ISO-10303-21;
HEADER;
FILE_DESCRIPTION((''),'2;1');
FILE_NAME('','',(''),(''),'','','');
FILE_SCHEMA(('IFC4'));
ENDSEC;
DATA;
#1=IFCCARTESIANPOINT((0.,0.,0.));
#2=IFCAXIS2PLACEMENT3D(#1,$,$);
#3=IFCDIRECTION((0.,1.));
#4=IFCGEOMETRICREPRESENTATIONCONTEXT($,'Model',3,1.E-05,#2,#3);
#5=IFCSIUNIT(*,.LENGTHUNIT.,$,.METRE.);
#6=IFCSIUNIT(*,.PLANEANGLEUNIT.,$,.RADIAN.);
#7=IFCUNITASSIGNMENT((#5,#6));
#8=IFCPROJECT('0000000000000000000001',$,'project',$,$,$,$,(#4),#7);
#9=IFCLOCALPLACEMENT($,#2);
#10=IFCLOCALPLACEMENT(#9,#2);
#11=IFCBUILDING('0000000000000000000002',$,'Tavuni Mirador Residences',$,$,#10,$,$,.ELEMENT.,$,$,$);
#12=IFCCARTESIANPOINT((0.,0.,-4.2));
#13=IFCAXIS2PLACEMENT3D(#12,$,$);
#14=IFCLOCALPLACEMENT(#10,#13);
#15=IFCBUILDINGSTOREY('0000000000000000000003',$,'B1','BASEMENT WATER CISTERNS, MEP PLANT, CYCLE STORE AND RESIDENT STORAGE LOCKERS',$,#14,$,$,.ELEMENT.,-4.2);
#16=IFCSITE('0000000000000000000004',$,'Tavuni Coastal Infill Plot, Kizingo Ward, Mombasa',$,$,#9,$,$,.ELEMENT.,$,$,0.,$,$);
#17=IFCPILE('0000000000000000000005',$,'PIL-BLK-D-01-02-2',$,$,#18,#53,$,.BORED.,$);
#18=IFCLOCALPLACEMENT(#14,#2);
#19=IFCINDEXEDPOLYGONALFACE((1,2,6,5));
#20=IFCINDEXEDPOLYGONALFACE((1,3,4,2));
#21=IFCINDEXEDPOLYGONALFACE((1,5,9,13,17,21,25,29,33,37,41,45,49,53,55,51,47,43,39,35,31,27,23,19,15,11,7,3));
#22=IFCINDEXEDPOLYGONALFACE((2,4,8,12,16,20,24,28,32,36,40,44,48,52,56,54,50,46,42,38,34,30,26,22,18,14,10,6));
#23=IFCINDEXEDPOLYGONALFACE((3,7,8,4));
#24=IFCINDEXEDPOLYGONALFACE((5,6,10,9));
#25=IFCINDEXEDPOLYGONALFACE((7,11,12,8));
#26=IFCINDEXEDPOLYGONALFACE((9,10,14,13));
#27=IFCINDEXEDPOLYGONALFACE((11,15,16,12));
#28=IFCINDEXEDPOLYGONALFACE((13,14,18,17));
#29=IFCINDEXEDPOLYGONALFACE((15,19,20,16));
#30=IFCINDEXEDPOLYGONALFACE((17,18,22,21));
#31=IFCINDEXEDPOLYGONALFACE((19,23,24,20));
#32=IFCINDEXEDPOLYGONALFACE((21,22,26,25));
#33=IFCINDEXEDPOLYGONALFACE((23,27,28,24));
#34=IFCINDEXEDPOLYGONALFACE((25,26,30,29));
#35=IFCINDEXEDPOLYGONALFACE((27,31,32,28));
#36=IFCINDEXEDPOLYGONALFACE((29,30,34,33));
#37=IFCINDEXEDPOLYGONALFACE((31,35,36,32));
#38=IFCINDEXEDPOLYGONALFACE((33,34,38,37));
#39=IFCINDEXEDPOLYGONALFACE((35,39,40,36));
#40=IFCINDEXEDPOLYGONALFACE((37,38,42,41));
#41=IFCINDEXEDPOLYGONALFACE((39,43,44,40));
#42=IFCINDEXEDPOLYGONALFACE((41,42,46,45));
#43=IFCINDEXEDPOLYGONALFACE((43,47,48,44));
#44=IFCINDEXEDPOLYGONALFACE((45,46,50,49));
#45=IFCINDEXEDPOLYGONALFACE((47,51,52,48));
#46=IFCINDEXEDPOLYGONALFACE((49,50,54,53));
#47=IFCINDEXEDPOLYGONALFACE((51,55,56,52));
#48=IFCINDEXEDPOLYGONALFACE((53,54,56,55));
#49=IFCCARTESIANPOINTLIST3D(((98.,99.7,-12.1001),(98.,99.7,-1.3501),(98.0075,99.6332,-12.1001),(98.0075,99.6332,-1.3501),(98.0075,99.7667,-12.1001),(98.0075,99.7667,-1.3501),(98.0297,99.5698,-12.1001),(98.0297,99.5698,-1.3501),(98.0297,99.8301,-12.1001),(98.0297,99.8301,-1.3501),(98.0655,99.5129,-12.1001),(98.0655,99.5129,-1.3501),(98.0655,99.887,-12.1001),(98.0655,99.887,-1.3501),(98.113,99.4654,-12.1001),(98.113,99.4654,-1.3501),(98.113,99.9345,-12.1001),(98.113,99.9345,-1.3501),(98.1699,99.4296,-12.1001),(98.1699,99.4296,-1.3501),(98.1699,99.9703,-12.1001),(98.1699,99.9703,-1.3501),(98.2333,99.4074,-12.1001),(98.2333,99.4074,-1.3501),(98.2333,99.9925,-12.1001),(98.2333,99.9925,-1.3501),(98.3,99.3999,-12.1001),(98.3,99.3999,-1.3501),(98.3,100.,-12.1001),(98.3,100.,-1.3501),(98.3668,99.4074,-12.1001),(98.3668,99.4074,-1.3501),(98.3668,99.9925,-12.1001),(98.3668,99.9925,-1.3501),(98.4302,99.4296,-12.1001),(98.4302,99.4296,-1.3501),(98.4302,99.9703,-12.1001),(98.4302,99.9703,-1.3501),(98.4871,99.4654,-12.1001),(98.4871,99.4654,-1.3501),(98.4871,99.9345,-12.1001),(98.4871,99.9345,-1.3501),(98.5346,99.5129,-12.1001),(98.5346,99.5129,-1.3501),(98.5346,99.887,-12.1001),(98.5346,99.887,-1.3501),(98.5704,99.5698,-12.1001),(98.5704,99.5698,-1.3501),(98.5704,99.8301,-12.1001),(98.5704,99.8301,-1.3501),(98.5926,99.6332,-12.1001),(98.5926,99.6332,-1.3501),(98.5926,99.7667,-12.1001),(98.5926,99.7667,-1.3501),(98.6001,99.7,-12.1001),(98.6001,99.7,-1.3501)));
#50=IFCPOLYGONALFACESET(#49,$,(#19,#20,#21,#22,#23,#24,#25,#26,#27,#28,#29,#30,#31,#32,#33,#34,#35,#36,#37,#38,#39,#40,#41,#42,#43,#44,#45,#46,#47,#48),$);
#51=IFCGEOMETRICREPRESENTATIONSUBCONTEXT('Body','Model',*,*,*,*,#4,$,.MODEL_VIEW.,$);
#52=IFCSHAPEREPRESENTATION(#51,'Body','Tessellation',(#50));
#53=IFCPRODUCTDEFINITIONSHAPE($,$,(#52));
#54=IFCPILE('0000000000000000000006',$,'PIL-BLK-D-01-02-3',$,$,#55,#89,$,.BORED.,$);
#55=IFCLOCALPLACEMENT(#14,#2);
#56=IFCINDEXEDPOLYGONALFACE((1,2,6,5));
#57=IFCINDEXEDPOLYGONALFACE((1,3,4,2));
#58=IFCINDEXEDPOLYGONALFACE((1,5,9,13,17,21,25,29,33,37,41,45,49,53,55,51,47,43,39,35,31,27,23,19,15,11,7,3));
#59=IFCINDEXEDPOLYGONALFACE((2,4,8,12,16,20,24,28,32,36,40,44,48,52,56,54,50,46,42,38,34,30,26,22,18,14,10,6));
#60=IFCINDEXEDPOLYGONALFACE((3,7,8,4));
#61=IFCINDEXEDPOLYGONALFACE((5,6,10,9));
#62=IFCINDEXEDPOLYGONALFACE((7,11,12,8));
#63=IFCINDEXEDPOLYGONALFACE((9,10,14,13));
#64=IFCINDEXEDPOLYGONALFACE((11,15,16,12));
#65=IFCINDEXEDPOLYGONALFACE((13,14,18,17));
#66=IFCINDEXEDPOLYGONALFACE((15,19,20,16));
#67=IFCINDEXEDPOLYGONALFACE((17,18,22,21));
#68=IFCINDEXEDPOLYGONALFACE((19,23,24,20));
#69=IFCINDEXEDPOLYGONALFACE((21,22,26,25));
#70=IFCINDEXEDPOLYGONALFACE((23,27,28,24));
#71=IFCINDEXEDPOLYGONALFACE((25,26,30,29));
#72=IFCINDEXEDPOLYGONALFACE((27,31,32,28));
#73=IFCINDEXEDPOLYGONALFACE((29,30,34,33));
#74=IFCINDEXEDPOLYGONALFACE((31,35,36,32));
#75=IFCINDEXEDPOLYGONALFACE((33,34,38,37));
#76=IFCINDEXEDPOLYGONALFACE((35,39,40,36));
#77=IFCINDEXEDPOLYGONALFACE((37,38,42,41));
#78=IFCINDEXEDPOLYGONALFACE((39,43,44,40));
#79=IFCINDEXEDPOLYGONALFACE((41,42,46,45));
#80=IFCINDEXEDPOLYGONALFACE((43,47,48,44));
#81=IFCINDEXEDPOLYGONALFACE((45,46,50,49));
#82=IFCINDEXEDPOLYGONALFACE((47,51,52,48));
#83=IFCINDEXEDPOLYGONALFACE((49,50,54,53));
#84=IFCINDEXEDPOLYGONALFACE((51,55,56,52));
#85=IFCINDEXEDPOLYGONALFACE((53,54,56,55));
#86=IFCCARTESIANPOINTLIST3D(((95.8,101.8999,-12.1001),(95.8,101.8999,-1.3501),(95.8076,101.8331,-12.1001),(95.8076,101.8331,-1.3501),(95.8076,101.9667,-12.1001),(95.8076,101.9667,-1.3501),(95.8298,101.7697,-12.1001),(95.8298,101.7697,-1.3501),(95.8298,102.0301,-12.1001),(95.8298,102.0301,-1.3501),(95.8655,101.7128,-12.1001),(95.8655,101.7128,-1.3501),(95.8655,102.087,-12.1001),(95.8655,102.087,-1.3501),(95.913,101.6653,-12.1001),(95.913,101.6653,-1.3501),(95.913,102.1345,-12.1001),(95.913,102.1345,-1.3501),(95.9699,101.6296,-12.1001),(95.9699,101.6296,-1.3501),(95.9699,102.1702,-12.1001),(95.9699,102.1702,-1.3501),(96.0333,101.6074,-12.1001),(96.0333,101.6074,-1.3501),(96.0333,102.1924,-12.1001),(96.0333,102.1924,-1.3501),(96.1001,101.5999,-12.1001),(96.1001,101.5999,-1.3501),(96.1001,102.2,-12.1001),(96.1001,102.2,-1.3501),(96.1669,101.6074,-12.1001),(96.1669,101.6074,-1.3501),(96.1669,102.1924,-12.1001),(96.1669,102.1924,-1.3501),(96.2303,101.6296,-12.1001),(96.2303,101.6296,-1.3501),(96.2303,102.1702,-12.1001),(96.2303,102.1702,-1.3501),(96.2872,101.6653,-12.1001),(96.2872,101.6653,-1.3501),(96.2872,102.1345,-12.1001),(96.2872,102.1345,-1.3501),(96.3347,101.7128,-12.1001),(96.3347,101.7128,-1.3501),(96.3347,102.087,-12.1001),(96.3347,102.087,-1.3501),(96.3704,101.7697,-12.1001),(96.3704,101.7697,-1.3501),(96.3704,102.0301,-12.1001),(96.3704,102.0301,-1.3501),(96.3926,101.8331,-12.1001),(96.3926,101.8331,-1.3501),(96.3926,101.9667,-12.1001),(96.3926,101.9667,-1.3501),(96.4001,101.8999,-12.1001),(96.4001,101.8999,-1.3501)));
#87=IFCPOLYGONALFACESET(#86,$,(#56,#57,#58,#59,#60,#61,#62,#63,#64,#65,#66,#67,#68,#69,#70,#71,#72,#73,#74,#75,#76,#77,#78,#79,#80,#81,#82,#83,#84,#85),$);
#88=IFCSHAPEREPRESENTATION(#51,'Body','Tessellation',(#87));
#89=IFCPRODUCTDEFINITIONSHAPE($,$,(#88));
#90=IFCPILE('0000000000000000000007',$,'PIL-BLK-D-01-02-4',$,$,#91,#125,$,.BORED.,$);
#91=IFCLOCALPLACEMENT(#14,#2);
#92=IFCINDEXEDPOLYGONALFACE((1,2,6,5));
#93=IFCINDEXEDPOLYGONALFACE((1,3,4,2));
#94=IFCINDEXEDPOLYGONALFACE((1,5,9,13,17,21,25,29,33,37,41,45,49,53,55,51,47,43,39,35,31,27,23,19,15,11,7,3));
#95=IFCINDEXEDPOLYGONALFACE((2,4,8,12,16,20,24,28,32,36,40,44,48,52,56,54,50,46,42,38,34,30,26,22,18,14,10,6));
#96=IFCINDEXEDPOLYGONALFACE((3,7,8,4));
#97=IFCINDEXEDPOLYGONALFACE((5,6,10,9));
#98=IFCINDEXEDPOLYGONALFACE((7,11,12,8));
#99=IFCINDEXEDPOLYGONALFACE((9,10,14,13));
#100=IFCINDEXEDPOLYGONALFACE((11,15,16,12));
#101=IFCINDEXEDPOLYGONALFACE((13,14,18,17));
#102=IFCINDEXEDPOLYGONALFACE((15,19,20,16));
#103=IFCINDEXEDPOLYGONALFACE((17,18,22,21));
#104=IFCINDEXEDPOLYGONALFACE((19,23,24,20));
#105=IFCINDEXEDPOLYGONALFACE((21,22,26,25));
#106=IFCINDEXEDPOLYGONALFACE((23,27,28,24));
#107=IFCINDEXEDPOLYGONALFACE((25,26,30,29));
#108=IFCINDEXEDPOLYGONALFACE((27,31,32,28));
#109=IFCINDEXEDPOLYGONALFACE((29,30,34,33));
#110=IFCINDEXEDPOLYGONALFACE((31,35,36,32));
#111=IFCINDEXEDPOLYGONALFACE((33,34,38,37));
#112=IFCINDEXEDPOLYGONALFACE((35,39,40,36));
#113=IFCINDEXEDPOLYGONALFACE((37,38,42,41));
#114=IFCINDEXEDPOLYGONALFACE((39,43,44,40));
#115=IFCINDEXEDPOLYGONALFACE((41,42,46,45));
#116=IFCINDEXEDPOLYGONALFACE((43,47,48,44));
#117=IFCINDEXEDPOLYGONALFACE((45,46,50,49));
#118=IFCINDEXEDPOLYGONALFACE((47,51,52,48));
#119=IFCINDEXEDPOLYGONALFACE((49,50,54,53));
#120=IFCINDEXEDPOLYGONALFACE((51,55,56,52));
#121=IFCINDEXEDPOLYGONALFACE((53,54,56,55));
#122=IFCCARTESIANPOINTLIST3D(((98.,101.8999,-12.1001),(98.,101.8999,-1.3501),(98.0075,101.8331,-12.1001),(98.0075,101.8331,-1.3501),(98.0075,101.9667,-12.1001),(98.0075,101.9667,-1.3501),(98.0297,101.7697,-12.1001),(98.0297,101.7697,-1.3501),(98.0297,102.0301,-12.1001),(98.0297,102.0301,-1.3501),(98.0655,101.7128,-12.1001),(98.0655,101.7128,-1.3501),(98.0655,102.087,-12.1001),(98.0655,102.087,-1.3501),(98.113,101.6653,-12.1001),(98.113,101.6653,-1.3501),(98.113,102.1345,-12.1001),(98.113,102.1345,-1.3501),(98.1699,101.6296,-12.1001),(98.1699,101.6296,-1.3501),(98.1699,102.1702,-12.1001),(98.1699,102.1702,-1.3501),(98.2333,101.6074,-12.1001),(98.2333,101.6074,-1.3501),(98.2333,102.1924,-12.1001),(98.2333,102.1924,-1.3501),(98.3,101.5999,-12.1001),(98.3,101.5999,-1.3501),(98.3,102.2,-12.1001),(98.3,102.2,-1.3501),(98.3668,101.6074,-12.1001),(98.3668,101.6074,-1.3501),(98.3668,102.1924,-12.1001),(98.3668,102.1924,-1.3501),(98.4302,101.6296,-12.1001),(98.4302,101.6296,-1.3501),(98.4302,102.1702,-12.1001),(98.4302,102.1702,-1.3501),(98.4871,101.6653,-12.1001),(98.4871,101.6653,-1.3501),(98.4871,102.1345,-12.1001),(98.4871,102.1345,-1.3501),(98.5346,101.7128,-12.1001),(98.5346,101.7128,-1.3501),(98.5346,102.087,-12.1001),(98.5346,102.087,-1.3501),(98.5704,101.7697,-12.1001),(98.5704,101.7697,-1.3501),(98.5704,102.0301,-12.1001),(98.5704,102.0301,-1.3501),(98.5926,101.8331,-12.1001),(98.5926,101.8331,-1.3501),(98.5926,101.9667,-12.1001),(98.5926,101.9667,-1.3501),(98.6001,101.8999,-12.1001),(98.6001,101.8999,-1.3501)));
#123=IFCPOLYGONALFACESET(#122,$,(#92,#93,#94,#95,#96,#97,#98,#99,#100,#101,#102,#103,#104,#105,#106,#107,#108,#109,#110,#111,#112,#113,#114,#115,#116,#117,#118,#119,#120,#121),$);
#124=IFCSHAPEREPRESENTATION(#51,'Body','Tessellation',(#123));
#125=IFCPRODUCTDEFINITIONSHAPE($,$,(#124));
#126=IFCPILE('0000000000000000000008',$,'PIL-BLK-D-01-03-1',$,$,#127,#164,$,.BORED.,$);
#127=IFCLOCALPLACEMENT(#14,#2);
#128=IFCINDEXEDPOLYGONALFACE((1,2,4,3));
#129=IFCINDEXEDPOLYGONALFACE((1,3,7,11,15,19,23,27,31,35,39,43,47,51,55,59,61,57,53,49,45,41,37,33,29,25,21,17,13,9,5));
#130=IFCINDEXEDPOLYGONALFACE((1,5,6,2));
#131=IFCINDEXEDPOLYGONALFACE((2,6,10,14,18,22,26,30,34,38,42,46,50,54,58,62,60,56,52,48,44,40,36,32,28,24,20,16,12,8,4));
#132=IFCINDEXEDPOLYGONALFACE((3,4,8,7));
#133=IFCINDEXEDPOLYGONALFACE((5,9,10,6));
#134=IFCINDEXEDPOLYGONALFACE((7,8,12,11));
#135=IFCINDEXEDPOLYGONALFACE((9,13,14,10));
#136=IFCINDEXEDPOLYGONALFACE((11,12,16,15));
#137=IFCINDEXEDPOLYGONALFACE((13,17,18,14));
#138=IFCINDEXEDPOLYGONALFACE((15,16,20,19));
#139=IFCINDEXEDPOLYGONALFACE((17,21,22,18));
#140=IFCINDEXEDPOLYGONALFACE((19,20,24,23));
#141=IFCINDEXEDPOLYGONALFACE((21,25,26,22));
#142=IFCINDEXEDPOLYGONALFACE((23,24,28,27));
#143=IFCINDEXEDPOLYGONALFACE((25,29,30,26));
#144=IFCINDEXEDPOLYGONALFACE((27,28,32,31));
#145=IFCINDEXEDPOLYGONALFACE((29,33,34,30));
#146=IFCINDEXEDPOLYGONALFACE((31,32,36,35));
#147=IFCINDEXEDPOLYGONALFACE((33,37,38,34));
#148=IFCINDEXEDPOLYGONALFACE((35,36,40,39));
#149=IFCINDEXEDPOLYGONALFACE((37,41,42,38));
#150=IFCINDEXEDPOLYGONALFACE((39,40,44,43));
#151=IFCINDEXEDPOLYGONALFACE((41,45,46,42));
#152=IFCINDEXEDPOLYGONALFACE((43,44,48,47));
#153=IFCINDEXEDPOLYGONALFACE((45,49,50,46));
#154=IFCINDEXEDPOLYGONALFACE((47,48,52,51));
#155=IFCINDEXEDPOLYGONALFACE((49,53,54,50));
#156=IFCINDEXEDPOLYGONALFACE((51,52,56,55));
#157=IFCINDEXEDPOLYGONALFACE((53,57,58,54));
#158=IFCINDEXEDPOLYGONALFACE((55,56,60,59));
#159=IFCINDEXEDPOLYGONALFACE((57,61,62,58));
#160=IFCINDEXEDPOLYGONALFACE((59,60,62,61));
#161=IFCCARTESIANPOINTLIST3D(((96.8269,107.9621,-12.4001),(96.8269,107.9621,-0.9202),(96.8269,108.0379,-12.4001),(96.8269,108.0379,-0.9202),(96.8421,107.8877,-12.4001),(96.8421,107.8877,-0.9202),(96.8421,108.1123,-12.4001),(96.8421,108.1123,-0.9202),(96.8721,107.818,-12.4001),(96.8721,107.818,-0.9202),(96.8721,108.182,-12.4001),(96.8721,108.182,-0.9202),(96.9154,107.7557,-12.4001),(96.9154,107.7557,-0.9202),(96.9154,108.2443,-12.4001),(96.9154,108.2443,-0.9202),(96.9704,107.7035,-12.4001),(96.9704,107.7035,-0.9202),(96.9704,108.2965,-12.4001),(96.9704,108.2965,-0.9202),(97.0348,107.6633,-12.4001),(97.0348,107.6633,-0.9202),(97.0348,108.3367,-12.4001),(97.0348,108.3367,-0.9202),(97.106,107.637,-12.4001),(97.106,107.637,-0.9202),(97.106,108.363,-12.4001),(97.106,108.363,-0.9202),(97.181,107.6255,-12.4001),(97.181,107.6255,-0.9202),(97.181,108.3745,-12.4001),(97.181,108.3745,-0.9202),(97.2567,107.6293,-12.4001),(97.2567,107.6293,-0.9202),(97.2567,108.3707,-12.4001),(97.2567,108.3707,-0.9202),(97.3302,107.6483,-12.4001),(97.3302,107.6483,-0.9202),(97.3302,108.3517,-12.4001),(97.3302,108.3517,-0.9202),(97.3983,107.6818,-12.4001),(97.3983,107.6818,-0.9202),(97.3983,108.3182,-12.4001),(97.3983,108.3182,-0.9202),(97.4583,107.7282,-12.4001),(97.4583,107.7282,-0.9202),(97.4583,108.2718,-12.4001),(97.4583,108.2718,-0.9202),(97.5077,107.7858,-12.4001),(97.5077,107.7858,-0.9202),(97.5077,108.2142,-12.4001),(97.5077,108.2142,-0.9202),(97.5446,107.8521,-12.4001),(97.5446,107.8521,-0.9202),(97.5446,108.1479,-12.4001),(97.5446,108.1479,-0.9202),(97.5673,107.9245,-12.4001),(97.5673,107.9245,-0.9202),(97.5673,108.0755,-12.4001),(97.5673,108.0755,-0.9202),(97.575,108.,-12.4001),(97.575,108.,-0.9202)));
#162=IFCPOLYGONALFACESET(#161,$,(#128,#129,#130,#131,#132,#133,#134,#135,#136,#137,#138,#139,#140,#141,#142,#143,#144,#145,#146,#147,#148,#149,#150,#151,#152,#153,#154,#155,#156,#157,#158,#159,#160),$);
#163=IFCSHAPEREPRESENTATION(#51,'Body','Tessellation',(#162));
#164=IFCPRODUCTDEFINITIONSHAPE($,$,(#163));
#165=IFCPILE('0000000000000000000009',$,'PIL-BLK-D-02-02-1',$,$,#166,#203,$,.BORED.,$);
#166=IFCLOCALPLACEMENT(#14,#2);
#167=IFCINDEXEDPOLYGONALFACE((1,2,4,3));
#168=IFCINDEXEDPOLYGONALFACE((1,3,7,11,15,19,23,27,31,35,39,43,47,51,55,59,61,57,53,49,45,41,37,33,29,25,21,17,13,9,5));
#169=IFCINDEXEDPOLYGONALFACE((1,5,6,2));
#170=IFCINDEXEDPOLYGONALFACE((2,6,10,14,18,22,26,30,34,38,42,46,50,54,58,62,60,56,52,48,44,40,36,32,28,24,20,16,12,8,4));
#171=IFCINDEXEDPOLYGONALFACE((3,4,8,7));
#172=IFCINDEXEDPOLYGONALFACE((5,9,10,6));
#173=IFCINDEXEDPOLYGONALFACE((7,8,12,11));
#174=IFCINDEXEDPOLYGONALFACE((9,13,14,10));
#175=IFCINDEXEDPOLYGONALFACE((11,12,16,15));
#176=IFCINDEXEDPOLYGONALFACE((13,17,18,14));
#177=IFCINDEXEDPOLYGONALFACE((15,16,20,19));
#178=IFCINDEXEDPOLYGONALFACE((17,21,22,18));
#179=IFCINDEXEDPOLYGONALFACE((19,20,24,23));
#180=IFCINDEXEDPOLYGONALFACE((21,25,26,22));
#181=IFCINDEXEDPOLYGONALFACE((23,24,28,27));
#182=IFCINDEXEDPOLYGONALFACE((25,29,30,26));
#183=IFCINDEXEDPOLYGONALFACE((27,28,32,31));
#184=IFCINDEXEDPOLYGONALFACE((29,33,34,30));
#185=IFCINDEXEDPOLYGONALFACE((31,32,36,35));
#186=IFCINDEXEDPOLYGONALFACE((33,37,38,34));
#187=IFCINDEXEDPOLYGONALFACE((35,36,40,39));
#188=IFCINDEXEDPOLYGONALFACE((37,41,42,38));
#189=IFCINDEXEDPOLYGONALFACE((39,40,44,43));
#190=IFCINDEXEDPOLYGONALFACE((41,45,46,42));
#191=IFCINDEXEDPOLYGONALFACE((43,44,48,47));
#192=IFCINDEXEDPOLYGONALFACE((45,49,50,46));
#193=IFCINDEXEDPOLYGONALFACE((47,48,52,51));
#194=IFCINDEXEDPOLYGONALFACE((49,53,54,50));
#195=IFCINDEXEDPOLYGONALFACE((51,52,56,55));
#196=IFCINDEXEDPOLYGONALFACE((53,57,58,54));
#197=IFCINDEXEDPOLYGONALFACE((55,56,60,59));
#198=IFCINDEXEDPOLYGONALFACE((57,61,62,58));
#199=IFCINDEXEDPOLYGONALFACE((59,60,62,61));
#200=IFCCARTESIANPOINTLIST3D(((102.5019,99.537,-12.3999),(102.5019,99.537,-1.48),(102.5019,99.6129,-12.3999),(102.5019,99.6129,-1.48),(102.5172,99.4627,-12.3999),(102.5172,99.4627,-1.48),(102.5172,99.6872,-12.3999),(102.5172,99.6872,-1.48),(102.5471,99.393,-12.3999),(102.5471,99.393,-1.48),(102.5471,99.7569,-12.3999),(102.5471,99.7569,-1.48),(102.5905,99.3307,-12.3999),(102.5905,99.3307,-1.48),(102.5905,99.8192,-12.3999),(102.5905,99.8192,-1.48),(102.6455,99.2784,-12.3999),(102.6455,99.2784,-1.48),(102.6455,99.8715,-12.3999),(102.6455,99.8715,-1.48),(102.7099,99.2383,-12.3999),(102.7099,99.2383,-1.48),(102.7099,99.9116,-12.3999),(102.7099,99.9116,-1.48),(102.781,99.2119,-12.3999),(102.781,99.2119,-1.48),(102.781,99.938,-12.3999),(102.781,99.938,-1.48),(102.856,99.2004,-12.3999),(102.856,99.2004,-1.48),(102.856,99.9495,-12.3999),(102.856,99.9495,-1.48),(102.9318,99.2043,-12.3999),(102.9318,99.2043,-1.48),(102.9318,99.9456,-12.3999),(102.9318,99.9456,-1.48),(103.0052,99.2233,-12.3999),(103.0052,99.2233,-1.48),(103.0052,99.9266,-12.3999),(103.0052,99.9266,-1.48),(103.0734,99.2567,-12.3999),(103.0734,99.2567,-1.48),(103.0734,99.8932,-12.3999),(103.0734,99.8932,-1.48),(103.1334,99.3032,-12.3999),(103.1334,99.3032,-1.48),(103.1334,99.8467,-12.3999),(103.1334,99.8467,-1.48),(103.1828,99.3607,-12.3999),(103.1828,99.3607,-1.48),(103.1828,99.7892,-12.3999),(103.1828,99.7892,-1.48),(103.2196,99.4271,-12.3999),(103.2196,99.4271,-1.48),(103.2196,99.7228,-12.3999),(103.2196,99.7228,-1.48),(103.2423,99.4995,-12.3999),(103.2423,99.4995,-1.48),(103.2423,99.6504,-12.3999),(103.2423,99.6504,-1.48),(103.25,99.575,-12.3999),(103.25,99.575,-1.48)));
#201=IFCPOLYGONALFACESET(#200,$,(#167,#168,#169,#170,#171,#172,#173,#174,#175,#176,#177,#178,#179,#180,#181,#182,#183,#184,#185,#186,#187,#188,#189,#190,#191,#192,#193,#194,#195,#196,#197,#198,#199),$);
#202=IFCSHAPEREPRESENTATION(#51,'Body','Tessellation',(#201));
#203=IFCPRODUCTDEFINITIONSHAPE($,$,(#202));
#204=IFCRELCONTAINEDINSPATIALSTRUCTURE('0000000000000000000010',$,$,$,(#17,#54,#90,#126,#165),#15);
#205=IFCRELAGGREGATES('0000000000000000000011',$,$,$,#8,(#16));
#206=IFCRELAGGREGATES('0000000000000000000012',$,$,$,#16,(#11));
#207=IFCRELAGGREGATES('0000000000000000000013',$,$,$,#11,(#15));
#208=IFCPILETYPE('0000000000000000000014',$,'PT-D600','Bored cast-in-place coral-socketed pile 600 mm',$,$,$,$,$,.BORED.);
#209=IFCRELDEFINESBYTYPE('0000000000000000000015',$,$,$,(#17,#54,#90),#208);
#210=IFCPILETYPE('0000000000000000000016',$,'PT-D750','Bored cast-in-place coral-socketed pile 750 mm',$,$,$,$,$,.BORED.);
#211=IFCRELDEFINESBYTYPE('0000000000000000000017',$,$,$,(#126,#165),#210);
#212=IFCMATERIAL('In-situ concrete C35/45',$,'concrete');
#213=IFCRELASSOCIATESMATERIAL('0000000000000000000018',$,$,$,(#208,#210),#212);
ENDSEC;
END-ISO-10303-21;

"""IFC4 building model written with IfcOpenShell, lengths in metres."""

from ifc_helpers import new_model, si_unit, direction, frame, origin, origin_2d, place, context, subcontext, project, spatial, circle, extrude, material, material_profile, profile_set, type_object, element, save


model = new_model("IFC4")

# Units and contexts
model_context = context("Model", 3, precision=1e-05, world=origin(), true_north=direction((0.0, 1.0)))
body_context = subcontext(model_context, "Body", "Model", "MODEL_VIEW")
ifc_project = project(units=[si_unit("LENGTHUNIT", "METRE"), si_unit("PLANEANGLEUNIT", "RADIAN")], contexts=[model_context])

# Site, building, storey
site_placement = place(None, origin())
site = spatial("IfcSite", under=ifc_project, at=site_placement, Name="Tavuni Coastal Infill Plot, Kizingo Ward, Mombasa", CompositionType="ELEMENT", RefElevation=0.0)
building_placement = place(site_placement, origin())
building = spatial("IfcBuilding", under=site, at=building_placement, Name="Tavuni Mirador Residences", CompositionType="ELEMENT")
storey_placement = place(building_placement, frame((0.0, 0.0, -4.2)))
storey = spatial("IfcBuildingStorey", under=building, at=storey_placement, Name="B1", Description="BASEMENT WATER CISTERNS, MEP PLANT, CYCLE STORE AND RESIDENT STORAGE LOCKERS", CompositionType="ELEMENT", Elevation=-4.2)

# Shared definitions
ifc_material_1 = material(Name="In-situ concrete C35/45", Category="concrete")

# Piles
ifc_material_profile_1 = material_profile(ifc_material_1, circle(Radius=0.3, at=origin_2d()), Name="PILE D600", Category="concrete")
ifc_profile_set_1 = profile_set([ifc_material_profile_1], Name="In-situ concrete C35/45")
pile_type_1 = type_object("IfcPileType", Name="PT-D600", Description="Bored cast-in-place coral-socketed pile 600 mm", PredefinedType="BORED", material=ifc_profile_set_1)
for number, where, z_axis, x_axis, name in (
    (1, (98.3, 99.7, -1.3501), (0.0, 0.0, -1.0), (1.0, 0.0, 0.0), "PIL-BLK-D-01-02-2"),
    (2, (96.1001, 101.8999, -1.3501), (0.0, 0.0, -1.0), (1.0, 0.0, 0.0), "PIL-BLK-D-01-02-3"),
    (3, (98.3, 101.8999, -1.3501), (0.0, 0.0, -1.0), (1.0, 0.0, 0.0), "PIL-BLK-D-01-02-4"),
):
    element("IfcPile", number, at=place(storey_placement, frame(where, z_axis=z_axis, x_axis=x_axis)), inside=storey, type_object=pile_type_1, Name=name, PredefinedType="BORED", context=body_context, shape_type="SweptSolid", body=[
        extrude(circle(Radius=0.3, at=origin_2d()), origin(), (0.0, 0.0, 1.0), 10.75),
    ])
ifc_material_profile_2 = material_profile(ifc_material_1, circle(Radius=0.375, at=origin_2d()), Name="PILE D750", Category="concrete")
ifc_profile_set_2 = profile_set([ifc_material_profile_2], Name="In-situ concrete C35/45")
pile_type_2 = type_object("IfcPileType", Name="PT-D750", Description="Bored cast-in-place coral-socketed pile 750 mm", PredefinedType="BORED", material=ifc_profile_set_2)
pile_1_placement = place(storey_placement, frame((97.2, 108.0, -0.9202), z_axis=(0.0, 0.0, -1.0), x_axis=(1.0, 0.0, 0.0)))
element("IfcPile", 4, at=pile_1_placement, inside=storey, type_object=pile_type_2, Name="PIL-BLK-D-01-03-1", PredefinedType="BORED", context=body_context, shape_type="SweptSolid", body=[
    extrude(circle(Radius=0.375, at=origin_2d()), origin(), (0.0, 0.0, 1.0), 11.48),
])
for number, where, z_axis, x_axis, name in (
    (5, (102.875, 99.575, -1.48), (0.0, 0.0, -1.0), (1.0, 0.0, 0.0), "PIL-BLK-D-02-02-1"),
):
    element("IfcPile", number, at=place(storey_placement, frame(where, z_axis=z_axis, x_axis=x_axis)), inside=storey, type_object=pile_type_2, Name=name, PredefinedType="BORED", context=body_context, shape_type="SweptSolid", body=[
        extrude(circle(Radius=0.375, at=origin_2d()), origin(), (0.0, 0.0, 1.0), 10.9199),
    ])

save(model, "model.ifc")
